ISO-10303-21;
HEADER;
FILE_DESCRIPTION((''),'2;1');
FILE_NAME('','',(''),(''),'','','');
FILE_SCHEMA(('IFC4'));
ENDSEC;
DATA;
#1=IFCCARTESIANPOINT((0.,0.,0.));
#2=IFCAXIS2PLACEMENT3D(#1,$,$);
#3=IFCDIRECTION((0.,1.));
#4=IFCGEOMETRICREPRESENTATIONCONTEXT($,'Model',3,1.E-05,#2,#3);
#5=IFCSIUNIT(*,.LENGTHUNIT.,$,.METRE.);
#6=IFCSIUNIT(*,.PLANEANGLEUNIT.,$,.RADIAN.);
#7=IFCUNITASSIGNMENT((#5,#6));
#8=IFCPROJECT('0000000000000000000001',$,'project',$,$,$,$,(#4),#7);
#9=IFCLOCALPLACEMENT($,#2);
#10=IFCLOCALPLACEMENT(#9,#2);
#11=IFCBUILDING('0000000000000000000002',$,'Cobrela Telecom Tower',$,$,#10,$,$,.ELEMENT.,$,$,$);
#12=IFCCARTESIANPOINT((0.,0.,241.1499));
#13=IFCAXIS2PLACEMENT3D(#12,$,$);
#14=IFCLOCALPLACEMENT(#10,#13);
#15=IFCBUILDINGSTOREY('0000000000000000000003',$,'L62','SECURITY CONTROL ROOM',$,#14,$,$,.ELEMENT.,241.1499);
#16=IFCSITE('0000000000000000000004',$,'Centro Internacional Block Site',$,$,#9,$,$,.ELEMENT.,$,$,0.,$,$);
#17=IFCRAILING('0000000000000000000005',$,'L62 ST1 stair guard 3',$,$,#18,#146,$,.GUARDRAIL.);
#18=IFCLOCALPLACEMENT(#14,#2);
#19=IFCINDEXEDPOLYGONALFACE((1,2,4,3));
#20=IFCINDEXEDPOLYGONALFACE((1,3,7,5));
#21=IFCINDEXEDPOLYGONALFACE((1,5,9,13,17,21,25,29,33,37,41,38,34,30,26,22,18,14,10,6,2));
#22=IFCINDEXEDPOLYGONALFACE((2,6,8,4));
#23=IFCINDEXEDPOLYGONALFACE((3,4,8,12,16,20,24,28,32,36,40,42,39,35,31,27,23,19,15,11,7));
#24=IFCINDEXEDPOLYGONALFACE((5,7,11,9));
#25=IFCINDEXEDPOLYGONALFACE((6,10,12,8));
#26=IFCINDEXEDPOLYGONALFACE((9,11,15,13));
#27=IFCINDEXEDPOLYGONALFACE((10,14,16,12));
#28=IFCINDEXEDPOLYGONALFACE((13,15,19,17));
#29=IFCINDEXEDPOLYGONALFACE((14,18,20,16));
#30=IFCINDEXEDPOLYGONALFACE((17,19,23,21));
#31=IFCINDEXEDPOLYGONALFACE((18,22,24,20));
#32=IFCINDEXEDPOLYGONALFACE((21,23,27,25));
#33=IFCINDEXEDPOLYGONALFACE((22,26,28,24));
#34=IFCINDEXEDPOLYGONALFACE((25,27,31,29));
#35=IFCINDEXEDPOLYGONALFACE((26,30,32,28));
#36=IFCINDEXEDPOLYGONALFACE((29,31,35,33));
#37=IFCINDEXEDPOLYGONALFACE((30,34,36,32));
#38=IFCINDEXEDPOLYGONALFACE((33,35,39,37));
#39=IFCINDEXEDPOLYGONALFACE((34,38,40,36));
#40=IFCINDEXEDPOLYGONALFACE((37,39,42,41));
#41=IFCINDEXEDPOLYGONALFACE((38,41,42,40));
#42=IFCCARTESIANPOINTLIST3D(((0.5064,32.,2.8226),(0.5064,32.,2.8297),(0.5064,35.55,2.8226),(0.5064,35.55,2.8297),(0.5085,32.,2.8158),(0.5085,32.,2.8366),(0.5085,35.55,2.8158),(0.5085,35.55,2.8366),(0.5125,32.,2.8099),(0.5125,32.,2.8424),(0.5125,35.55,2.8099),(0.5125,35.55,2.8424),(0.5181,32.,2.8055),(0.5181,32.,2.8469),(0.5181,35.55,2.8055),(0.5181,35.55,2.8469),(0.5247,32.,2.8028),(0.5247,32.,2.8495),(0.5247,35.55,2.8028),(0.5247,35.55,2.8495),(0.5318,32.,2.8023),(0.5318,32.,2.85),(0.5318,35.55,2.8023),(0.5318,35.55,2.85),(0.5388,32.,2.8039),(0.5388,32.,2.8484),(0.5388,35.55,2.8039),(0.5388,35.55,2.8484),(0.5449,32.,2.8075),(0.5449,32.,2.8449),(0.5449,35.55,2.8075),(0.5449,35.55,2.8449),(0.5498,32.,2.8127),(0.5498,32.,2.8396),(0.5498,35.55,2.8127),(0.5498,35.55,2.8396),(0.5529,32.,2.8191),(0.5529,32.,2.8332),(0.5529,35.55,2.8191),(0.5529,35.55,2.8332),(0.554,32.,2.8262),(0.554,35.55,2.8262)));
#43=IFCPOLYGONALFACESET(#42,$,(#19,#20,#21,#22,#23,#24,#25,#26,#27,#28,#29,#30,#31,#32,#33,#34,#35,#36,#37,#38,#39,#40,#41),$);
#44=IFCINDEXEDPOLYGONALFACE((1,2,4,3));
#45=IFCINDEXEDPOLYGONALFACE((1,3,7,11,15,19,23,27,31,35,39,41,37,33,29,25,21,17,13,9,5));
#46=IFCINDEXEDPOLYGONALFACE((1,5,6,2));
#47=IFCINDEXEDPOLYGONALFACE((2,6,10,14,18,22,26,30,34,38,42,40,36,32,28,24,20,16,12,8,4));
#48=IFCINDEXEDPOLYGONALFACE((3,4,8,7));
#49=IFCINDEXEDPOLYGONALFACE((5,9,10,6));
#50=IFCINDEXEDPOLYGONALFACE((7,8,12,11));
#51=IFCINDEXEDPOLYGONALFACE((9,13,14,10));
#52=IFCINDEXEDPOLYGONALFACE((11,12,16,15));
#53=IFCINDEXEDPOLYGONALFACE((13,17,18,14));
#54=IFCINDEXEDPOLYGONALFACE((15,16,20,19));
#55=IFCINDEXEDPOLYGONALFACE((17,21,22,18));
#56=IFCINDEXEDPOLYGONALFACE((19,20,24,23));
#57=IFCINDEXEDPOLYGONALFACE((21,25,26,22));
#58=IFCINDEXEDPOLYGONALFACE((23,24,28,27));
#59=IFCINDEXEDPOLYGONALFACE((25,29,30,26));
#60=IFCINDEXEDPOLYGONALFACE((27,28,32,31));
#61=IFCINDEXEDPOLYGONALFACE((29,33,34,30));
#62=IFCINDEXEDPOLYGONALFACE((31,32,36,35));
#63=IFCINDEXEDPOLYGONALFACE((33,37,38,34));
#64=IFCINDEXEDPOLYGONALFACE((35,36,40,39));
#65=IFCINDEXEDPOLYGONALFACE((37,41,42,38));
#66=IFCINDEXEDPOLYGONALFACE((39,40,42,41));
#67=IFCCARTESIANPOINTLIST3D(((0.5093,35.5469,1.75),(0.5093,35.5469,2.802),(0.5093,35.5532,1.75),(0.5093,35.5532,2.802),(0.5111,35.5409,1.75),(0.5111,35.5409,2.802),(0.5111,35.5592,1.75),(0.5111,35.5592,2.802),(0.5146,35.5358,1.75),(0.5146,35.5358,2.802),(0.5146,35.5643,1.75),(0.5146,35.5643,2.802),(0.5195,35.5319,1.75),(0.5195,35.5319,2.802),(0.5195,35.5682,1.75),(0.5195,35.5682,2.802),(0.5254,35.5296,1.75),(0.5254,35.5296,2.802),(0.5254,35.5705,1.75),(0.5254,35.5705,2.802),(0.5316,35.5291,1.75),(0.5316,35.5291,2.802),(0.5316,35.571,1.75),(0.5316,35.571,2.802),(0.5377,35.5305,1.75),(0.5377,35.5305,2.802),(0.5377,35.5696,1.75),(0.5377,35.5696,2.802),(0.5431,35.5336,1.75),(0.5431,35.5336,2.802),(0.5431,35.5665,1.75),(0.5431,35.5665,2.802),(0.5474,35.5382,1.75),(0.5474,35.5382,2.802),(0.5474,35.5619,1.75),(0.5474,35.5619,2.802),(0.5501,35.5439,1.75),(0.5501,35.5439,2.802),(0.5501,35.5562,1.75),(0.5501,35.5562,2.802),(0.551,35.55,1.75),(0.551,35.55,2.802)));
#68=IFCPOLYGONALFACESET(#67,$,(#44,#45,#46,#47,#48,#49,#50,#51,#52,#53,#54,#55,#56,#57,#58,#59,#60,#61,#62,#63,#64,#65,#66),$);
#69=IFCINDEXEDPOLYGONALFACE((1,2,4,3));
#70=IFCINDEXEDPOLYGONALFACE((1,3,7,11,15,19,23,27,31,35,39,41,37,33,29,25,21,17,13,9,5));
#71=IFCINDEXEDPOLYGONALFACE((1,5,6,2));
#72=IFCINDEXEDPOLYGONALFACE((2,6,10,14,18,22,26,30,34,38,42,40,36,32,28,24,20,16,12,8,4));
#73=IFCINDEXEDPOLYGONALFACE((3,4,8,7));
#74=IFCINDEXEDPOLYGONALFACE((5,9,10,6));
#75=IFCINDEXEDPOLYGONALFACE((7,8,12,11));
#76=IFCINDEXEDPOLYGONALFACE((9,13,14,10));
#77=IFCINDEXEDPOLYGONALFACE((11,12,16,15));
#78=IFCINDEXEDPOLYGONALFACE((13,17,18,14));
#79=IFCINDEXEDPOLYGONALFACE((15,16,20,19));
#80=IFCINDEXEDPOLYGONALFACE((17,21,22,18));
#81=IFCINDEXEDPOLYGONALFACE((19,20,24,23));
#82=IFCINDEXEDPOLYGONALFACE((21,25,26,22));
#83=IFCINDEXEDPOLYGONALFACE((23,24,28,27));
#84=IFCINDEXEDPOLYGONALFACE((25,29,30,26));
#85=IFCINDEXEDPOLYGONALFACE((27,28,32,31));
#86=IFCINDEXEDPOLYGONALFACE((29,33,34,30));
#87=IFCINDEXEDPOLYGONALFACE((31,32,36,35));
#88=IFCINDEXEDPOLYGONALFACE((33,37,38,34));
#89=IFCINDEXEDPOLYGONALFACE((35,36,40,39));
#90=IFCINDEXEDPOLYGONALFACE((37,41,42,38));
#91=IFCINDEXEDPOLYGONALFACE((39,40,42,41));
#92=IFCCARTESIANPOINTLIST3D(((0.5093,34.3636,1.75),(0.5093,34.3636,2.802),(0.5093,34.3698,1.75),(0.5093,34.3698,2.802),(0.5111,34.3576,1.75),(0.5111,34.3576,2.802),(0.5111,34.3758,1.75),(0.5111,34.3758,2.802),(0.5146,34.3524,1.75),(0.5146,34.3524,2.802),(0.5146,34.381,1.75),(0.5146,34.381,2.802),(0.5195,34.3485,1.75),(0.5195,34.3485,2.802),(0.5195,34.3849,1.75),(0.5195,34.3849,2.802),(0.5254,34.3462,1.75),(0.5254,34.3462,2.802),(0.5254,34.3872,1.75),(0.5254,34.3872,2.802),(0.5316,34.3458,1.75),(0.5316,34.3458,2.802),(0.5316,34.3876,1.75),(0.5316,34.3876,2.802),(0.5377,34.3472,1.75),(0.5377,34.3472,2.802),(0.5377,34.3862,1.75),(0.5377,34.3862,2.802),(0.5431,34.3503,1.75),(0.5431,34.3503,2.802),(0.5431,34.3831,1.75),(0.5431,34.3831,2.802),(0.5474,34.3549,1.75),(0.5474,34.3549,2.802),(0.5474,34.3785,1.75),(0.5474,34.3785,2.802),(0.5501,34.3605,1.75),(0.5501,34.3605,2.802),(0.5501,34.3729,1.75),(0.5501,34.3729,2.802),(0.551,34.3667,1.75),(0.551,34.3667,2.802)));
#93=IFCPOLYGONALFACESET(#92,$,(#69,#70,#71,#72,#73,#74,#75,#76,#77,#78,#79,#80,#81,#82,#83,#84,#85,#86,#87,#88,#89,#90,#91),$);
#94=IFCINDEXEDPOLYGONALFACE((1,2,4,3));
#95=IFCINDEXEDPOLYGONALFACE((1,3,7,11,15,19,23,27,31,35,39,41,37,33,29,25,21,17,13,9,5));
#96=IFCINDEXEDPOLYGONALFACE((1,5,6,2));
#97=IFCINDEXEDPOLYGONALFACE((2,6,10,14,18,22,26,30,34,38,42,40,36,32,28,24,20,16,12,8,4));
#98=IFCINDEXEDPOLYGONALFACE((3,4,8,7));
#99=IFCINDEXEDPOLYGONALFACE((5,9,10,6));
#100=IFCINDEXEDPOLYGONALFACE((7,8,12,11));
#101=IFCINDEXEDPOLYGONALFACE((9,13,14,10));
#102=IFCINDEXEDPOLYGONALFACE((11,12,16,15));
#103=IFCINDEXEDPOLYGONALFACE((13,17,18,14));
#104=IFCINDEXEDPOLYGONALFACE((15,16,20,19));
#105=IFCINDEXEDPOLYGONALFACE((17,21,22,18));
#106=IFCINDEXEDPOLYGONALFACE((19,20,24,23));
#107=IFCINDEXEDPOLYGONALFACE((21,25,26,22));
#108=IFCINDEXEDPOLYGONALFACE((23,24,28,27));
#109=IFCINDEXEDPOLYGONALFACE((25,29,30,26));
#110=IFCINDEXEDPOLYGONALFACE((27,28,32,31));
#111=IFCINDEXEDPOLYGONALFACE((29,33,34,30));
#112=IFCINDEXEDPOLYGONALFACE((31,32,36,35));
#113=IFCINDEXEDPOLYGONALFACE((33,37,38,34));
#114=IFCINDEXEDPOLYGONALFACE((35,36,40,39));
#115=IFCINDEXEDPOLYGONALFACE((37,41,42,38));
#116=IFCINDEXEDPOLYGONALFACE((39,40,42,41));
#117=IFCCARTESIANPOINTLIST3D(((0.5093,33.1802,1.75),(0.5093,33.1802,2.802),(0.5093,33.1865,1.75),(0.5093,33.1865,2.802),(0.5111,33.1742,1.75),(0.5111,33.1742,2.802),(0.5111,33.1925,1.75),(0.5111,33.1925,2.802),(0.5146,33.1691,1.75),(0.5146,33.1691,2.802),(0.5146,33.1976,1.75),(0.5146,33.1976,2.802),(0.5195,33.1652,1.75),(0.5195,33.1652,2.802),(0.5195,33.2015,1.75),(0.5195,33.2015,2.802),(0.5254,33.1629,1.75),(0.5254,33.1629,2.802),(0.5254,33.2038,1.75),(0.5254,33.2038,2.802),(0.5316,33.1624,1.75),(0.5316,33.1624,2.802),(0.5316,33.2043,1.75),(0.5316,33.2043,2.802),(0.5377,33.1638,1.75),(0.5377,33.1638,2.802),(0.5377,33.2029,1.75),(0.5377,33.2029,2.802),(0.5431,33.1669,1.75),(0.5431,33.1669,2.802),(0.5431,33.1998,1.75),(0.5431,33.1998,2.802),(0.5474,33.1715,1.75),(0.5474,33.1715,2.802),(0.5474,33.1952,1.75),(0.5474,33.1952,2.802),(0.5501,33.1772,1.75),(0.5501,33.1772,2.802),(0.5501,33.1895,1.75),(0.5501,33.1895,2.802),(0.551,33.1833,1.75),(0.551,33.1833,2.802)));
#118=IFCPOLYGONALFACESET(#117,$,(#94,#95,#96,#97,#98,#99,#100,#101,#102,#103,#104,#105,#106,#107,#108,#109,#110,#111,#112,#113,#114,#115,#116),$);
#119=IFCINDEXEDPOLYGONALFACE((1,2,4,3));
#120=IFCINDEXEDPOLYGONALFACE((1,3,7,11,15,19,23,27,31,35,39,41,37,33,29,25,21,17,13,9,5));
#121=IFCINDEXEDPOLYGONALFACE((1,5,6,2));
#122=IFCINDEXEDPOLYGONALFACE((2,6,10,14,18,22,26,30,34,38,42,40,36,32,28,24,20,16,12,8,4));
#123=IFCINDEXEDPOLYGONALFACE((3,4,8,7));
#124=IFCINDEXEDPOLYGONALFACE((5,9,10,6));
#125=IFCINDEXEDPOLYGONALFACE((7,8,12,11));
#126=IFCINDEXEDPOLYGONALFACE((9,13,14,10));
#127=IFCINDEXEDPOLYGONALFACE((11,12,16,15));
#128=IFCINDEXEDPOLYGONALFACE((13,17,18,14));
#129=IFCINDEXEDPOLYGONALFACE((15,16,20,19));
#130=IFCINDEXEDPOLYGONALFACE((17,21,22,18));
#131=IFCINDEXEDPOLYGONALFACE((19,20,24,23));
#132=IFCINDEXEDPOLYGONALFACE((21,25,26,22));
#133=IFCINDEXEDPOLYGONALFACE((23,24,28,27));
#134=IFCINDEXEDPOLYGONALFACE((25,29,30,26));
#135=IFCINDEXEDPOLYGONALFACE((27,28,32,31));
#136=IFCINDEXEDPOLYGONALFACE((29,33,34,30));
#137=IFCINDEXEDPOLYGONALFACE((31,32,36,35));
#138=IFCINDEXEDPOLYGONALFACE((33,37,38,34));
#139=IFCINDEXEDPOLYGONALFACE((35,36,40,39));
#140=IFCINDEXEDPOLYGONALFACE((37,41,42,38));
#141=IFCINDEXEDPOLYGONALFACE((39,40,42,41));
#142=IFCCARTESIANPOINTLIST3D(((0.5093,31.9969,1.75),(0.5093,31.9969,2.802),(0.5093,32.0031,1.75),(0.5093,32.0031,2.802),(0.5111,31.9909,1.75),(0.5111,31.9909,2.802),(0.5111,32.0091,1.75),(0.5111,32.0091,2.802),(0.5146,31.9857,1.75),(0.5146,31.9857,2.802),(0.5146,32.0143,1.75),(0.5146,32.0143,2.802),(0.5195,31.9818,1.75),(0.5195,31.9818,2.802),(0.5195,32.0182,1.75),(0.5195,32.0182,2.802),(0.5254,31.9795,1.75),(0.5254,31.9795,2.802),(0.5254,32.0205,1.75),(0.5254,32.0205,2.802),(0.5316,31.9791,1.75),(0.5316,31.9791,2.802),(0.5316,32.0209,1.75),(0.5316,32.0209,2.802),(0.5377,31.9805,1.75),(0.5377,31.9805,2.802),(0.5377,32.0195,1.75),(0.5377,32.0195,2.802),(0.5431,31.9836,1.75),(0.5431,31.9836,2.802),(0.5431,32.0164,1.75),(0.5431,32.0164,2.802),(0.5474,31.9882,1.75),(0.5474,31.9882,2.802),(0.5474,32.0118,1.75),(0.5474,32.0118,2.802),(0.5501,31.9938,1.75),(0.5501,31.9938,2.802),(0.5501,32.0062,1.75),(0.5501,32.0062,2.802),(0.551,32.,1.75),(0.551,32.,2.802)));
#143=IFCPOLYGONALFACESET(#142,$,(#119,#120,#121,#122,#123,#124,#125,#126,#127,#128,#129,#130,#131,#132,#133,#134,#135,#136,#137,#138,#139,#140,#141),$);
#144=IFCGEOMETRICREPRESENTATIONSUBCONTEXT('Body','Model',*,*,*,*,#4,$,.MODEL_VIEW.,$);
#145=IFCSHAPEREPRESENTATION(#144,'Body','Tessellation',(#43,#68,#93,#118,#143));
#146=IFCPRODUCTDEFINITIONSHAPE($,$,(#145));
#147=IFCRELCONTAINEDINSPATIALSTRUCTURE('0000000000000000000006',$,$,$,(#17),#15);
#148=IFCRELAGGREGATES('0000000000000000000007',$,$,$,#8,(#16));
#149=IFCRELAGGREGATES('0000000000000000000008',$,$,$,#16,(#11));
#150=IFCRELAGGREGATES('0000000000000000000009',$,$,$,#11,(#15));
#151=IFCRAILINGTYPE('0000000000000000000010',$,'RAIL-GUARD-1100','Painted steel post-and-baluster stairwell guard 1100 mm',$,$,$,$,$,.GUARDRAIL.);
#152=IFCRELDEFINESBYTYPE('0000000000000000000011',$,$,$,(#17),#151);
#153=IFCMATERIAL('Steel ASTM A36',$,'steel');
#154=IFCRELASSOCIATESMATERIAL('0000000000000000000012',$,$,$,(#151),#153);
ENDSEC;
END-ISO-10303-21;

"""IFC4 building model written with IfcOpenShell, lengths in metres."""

from ifc_helpers import new_model, si_unit, direction, frame, origin, origin_2d, place, context, subcontext, project, spatial, circle, extrude, material, type_object, element, save


model = new_model("IFC4")

# Units and contexts
model_context = context("Model", 3, precision=1e-05, world=origin(), true_north=direction((0.0, 1.0)))
body_context = subcontext(model_context, "Body", "Model", "MODEL_VIEW")
ifc_project = project(units=[si_unit("LENGTHUNIT", "METRE"), si_unit("PLANEANGLEUNIT", "RADIAN")], contexts=[model_context])

# Site, building, storey
site_placement = place(None, origin())
site = spatial("IfcSite", under=ifc_project, at=site_placement, Name="Centro Internacional Block Site", CompositionType="ELEMENT", RefElevation=0.0)
building_placement = place(site_placement, origin())
building = spatial("IfcBuilding", under=site, at=building_placement, Name="Cobrela Telecom Tower", CompositionType="ELEMENT")
storey_placement = place(building_placement, frame((0.0, 0.0, 241.1499)))
storey = spatial("IfcBuildingStorey", under=building, at=storey_placement, Name="L62", Description="SECURITY CONTROL ROOM", CompositionType="ELEMENT", Elevation=241.1499)

# Shared definitions
ifc_material_1 = material(Name="Steel ASTM A36", Category="steel")

# Railing
railing_type_1 = type_object("IfcRailingType", Name="RAIL-GUARD-1100", Description="Painted steel post-and-baluster stairwell guard 1100 mm", PredefinedType="GUARDRAIL", material=ifc_material_1)
railing_1_placement = place(storey_placement, frame((0.53, 35.55, 1.75)))
element("IfcRailing", 1, at=railing_1_placement, inside=storey, type_object=railing_type_1, Name="L62 ST1 stair guard 3", PredefinedType="GUARDRAIL", context=body_context, shape_type="SweptSolid", body=[
    extrude(circle(Radius=0.0239, at=origin_2d()), frame((0.0, 0.0, 1.0762), z_axis=(0.0, -1.0, 0.0), x_axis=(1.0, 0.0, 0.0)), (0.0, 0.0, 1.0), 3.55),
    extrude(circle(Radius=0.021, at=origin_2d()), origin(), (0.0, 0.0, 1.0), 1.052),
    extrude(circle(Radius=0.021, at=origin_2d()), frame((0.0, -1.1833, 0.0)), (0.0, 0.0, 1.0), 1.052),
    extrude(circle(Radius=0.021, at=origin_2d()), frame((0.0, -2.3667, 0.0)), (0.0, 0.0, 1.0), 1.052),
    extrude(circle(Radius=0.021, at=origin_2d()), frame((0.0, -3.55, 0.0)), (0.0, 0.0, 1.0), 1.052),
])

save(model, "model.ifc")
